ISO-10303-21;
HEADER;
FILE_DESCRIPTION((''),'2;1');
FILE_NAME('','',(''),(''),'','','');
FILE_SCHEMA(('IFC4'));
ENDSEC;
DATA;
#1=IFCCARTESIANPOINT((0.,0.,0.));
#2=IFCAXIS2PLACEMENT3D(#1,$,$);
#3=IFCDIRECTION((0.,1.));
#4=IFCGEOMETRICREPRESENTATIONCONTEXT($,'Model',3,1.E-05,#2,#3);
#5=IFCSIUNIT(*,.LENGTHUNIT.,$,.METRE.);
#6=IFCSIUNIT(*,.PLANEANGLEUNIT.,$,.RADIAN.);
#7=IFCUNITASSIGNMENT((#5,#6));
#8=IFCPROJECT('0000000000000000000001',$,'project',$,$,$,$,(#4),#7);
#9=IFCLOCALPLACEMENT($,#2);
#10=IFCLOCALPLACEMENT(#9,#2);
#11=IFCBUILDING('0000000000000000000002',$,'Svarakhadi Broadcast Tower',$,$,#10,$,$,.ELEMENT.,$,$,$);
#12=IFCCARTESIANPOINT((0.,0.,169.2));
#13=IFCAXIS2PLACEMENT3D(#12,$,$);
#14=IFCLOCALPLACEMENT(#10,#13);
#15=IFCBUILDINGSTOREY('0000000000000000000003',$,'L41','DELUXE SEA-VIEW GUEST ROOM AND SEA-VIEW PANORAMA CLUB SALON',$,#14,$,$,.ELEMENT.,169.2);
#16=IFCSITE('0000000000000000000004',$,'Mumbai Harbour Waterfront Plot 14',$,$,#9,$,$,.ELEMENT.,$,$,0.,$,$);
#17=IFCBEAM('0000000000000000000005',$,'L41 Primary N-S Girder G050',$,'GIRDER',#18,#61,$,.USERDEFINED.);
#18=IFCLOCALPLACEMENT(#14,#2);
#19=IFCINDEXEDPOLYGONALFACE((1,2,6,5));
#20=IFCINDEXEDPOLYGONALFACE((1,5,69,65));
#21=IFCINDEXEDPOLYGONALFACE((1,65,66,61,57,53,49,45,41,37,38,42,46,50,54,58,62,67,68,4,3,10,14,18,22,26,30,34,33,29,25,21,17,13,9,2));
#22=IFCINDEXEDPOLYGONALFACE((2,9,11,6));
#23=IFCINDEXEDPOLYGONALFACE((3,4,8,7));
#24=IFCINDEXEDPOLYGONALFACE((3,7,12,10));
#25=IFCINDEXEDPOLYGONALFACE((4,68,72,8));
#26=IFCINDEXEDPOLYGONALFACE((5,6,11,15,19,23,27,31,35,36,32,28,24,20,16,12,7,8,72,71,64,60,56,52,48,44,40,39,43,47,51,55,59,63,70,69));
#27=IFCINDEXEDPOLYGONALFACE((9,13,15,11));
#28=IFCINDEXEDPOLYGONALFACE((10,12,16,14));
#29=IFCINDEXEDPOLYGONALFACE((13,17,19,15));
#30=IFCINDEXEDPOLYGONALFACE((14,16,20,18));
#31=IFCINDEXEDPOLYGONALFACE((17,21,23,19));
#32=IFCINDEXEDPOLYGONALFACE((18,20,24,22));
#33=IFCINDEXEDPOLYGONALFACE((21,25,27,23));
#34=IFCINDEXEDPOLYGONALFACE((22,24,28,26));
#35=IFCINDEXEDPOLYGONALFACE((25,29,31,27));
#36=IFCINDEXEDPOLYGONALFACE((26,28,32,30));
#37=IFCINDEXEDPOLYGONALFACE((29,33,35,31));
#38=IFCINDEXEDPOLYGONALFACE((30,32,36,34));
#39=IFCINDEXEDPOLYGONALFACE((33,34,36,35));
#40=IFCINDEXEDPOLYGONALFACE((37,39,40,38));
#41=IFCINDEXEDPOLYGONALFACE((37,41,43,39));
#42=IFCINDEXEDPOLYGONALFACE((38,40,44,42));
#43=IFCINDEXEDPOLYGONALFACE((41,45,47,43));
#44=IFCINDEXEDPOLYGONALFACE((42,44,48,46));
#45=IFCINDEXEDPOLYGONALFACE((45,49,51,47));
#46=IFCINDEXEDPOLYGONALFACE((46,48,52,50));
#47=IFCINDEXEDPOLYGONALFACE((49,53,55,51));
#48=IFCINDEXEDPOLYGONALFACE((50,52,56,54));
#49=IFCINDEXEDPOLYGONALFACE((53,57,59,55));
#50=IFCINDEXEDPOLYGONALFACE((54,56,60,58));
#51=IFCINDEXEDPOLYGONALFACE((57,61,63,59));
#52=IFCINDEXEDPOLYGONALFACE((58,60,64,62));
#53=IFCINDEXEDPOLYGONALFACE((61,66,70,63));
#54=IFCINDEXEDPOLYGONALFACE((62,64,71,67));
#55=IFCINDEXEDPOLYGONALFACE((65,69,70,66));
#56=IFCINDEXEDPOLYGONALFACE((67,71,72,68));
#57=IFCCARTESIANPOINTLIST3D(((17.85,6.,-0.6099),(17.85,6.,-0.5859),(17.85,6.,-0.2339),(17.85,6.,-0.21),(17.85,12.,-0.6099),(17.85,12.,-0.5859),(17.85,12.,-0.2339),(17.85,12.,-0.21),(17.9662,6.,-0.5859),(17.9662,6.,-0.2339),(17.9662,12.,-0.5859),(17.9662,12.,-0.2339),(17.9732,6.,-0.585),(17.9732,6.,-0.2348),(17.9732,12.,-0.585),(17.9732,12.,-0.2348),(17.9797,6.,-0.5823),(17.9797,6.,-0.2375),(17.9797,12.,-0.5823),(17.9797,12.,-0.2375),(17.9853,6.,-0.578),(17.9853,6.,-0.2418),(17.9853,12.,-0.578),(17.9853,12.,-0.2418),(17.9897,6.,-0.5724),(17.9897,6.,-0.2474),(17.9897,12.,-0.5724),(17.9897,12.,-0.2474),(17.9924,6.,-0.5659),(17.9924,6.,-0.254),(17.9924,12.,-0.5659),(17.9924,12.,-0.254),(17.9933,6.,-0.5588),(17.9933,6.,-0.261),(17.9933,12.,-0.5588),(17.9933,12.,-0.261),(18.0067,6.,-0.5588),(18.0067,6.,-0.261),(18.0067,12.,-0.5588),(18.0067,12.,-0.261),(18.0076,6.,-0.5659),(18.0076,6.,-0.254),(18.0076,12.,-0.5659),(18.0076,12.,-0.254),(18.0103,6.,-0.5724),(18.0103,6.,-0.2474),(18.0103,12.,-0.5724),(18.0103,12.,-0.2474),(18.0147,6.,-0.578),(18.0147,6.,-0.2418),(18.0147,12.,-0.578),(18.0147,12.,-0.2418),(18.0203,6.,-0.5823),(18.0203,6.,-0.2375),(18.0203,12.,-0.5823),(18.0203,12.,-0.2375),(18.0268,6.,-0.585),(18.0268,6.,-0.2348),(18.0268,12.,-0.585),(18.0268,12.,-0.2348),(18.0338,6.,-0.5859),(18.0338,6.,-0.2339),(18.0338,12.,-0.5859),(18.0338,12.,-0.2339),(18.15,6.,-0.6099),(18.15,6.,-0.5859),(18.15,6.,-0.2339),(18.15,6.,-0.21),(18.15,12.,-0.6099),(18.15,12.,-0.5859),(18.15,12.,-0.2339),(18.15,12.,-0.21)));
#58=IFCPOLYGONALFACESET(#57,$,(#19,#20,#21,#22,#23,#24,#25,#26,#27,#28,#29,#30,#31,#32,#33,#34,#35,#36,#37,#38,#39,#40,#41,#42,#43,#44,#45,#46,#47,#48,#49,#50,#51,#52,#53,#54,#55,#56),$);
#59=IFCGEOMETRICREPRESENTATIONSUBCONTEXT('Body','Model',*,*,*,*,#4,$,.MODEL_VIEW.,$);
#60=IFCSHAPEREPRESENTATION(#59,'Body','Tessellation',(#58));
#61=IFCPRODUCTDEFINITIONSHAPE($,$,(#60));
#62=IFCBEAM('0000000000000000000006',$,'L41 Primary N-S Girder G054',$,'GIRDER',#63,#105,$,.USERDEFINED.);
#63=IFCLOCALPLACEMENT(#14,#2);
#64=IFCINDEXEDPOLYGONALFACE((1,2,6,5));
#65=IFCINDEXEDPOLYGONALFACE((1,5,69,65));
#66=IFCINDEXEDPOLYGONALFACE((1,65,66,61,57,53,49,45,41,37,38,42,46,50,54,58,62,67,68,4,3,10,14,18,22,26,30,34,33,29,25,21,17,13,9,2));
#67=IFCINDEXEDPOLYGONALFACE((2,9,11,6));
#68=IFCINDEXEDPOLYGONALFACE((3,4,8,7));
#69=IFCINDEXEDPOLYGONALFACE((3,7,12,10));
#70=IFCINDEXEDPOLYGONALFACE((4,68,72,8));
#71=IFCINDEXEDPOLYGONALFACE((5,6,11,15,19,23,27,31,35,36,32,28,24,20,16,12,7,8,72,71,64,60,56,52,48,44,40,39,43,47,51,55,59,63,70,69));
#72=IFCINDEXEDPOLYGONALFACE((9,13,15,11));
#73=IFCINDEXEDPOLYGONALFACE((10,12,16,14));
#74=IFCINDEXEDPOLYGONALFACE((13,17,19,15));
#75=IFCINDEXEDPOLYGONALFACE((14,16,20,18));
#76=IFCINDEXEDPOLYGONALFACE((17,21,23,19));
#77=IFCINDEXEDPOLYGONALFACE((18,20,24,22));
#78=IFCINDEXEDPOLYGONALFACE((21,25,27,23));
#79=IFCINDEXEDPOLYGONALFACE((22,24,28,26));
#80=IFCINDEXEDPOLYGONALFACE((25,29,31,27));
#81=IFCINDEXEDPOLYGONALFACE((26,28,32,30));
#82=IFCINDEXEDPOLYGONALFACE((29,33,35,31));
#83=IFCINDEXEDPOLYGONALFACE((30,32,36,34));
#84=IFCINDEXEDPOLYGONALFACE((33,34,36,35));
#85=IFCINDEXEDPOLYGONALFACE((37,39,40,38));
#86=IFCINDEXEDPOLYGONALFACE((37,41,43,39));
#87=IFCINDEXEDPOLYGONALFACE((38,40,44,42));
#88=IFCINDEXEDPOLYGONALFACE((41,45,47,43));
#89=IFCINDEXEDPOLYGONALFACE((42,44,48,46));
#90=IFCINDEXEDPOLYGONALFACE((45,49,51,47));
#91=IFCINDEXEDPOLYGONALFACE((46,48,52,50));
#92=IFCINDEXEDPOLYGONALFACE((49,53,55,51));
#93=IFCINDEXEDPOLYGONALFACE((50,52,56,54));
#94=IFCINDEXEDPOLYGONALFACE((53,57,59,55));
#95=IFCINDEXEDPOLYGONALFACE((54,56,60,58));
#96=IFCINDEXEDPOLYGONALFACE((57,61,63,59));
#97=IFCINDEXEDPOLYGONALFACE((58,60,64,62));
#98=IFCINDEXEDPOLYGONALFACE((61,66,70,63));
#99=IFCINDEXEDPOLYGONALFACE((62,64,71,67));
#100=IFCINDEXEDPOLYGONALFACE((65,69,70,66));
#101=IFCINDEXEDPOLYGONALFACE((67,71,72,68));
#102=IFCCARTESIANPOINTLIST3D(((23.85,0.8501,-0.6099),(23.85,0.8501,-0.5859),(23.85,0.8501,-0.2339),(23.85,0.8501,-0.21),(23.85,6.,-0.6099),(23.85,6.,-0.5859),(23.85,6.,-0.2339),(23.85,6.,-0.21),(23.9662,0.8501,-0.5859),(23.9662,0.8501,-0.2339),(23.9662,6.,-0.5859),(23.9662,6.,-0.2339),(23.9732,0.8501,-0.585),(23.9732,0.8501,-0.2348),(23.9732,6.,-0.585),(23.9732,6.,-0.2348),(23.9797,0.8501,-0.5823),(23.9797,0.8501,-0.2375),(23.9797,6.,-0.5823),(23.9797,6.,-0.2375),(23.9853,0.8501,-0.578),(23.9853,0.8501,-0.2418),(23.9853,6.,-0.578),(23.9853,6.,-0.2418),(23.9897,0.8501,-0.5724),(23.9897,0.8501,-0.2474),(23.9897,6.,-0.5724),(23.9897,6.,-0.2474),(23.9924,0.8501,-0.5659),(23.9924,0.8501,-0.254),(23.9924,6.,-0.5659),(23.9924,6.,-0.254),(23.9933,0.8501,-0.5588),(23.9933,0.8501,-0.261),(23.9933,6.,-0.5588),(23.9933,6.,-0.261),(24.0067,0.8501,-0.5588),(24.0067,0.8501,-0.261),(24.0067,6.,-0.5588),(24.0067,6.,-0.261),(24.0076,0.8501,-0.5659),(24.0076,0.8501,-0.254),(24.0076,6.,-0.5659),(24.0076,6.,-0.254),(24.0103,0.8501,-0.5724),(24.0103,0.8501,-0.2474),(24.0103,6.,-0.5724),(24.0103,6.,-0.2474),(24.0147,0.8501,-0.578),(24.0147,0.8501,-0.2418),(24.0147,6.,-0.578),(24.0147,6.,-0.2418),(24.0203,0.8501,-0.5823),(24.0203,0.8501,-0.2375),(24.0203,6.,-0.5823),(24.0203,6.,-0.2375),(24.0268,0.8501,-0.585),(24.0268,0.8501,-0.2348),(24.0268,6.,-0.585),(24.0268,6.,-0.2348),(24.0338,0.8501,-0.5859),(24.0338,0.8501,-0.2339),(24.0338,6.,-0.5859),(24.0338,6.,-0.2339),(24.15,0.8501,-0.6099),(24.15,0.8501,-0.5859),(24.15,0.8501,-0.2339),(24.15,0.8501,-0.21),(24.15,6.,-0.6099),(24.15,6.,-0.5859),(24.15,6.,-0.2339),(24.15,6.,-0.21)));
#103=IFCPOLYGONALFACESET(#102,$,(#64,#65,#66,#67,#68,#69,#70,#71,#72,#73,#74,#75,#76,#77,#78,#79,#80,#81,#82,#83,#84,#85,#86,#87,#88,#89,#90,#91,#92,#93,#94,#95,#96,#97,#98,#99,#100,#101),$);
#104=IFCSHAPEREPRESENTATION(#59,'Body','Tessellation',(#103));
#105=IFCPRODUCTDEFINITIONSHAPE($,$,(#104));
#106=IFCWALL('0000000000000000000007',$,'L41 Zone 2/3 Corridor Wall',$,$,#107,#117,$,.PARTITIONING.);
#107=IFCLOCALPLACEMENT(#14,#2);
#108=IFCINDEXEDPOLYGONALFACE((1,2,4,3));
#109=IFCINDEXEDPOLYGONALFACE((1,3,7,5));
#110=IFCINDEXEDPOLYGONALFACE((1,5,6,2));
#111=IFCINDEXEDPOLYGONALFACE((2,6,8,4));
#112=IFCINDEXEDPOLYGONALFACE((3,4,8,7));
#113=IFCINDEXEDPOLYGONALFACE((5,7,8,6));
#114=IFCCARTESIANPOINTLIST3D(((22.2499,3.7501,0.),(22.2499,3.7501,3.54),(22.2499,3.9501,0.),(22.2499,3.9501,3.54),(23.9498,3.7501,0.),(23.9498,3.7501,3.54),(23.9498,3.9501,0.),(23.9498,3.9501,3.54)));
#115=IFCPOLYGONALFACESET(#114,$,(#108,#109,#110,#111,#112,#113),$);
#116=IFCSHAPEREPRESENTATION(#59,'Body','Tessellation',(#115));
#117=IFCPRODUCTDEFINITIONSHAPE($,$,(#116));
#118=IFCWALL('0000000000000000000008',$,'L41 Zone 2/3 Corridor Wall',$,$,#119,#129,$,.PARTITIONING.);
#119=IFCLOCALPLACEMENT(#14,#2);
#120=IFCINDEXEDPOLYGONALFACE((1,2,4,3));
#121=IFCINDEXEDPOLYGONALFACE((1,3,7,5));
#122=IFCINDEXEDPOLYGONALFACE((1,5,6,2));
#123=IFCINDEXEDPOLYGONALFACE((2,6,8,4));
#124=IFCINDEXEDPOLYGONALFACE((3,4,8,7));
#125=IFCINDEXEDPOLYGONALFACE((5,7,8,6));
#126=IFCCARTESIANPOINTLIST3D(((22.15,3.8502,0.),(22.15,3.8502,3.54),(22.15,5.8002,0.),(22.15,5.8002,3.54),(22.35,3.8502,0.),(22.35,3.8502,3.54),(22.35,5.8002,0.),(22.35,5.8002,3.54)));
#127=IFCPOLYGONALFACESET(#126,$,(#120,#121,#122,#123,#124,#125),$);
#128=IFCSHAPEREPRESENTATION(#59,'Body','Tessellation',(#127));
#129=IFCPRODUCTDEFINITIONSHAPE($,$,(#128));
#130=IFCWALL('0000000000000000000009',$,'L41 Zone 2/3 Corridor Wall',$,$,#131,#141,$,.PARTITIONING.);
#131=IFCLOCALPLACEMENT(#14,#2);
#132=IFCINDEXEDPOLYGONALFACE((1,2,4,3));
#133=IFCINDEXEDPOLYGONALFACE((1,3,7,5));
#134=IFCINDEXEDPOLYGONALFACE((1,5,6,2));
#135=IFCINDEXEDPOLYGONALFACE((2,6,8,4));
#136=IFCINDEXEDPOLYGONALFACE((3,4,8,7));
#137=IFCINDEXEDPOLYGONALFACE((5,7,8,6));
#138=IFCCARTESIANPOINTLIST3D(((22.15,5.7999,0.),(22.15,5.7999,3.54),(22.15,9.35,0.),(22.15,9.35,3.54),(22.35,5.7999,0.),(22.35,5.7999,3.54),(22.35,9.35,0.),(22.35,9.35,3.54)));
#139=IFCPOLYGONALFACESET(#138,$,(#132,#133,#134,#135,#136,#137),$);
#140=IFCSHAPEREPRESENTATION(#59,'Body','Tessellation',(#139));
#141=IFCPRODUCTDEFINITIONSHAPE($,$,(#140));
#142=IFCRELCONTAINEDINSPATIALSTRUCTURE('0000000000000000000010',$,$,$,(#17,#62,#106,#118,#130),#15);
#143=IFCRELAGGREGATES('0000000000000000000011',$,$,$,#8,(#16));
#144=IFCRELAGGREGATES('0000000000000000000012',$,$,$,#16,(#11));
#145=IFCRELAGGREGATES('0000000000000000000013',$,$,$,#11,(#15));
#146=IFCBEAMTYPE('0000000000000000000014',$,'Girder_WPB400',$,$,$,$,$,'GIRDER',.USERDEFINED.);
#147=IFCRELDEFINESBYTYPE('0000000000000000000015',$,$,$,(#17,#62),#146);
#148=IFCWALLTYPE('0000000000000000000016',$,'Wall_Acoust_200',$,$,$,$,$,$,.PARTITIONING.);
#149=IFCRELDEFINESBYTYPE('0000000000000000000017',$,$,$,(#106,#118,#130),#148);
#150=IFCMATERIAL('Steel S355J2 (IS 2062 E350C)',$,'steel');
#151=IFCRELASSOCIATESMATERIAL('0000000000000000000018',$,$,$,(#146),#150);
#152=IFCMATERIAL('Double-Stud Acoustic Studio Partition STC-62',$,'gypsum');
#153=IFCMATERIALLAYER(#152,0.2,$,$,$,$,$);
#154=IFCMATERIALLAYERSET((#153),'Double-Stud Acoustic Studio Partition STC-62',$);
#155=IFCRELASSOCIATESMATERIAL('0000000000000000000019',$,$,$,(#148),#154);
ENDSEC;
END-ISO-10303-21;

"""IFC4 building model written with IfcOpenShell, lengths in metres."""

from ifc_helpers import new_model, si_unit, direction, frame, frame_2d, origin, origin_2d, place, context, subcontext, project, spatial, rectangle, i_section, extrude, material, layer, layer_set, material_profile, profile_set, type_object, element, save


model = new_model("IFC4")

# Units and contexts
model_context = context("Model", 3, precision=1e-05, world=origin(), true_north=direction((0.0, 1.0)))
body_context = subcontext(model_context, "Body", "Model", "MODEL_VIEW")
ifc_project = project(units=[si_unit("LENGTHUNIT", "METRE"), si_unit("PLANEANGLEUNIT", "RADIAN")], contexts=[model_context])

# Site, building, storey
site_placement = place(None, origin())
site = spatial("IfcSite", under=ifc_project, at=site_placement, Name="Mumbai Harbour Waterfront Plot 14", CompositionType="ELEMENT", RefElevation=0.0)
building_placement = place(site_placement, origin())
building = spatial("IfcBuilding", under=site, at=building_placement, Name="Svarakhadi Broadcast Tower", CompositionType="ELEMENT")
storey_placement = place(building_placement, frame((0.0, 0.0, 169.2)))
storey = spatial("IfcBuildingStorey", under=building, at=storey_placement, Name="L41", Description="DELUXE SEA-VIEW GUEST ROOM AND SEA-VIEW PANORAMA CLUB SALON", CompositionType="ELEMENT", Elevation=169.2)

# Beams
ifc_material_1 = material(Name="Steel S355J2 (IS 2062 E350C)", Category="steel")
ifc_material_profile_1 = material_profile(ifc_material_1, i_section(OverallWidth=0.3, OverallDepth=0.3999, WebThickness=0.0134, FlangeThickness=0.0239, FilletRadius=0.0271, at=origin_2d()), Name="WPB 400x300x155")
ifc_profile_set_1 = profile_set([ifc_material_profile_1], Name="Steel S355J2 (IS 2062 E350C)")
beam_type_1 = type_object("IfcBeamType", Name="Girder_WPB400", ElementType="GIRDER", PredefinedType="USERDEFINED", material=ifc_profile_set_1)
for number, where, z_axis, x_axis, name in (
    (1, (18.0, 6.0, -0.4099), (0.0, 1.0, 0.0), (-1.0, 0.0, 0.0), "L41 Primary N-S Girder G050"),
):
    element("IfcBeam", number, at=place(storey_placement, frame(where, z_axis=z_axis, x_axis=x_axis)), inside=storey, type_object=beam_type_1, Name=name, ObjectType="GIRDER", PredefinedType="USERDEFINED", context=body_context, shape_type="SweptSolid", body=[
        extrude(i_section(OverallWidth=0.3, OverallDepth=0.3999, WebThickness=0.0134, FlangeThickness=0.0239, FilletRadius=0.0271, at=origin_2d()), origin(), (0.0, 0.0, 1.0), 6.0),
    ])
beam_placement = place(storey_placement, frame((24.0, 0.8501, -0.4099), z_axis=(0.0, 1.0, 0.0), x_axis=(-1.0, 0.0, 0.0)))
element("IfcBeam", 2, at=beam_placement, inside=storey, type_object=beam_type_1, Name="L41 Primary N-S Girder G054", ObjectType="GIRDER", PredefinedType="USERDEFINED", context=body_context, shape_type="SweptSolid", body=[
    extrude(i_section(OverallWidth=0.3, OverallDepth=0.3999, WebThickness=0.0134, FlangeThickness=0.0239, FilletRadius=0.0271, at=origin_2d()), origin(), (0.0, 0.0, 1.0), 5.1499),
])

# Walls
ifc_material_2 = material(Name="Double-Stud Acoustic Studio Partition STC-62", Category="gypsum")
ifc_layer_1 = layer(ifc_material_2, 0.2)
ifc_layer_set_1 = layer_set([ifc_layer_1], Name="Double-Stud Acoustic Studio Partition STC-62")
wall_type_1 = type_object("IfcWallType", Name="Wall_Acoust_200", PredefinedType="PARTITIONING", material=ifc_layer_set_1)
wall_1_placement = place(storey_placement, frame((23.95, 3.8501, 0.0), z_axis=(0.0, 0.0, 1.0), x_axis=(-1.0, 0.0, 0.0)))
element("IfcWall", 3, at=wall_1_placement, inside=storey, type_object=wall_type_1, Name="L41 Zone 2/3 Corridor Wall", PredefinedType="PARTITIONING", context=body_context, shape_type="SweptSolid", body=[
    extrude(rectangle(XDim=1.7, YDim=0.2, at=frame_2d((0.8501, 0.0))), origin(), (0.0, 0.0, 1.0), 3.54),
])
wall_2_placement = place(storey_placement, frame((22.25, 3.8501, 0.0), z_axis=(0.0, 0.0, 1.0), x_axis=(0.0, 1.0, 0.0)))
element("IfcWall", 4, at=wall_2_placement, inside=storey, type_object=wall_type_1, Name="L41 Zone 2/3 Corridor Wall", PredefinedType="PARTITIONING", context=body_context, shape_type="SweptSolid", body=[
    extrude(rectangle(XDim=1.95, YDim=0.2, at=frame_2d((0.9751, 0.0))), origin(), (0.0, 0.0, 1.0), 3.54),
])
wall_3_placement = place(storey_placement, frame((22.25, 5.8, 0.0), z_axis=(0.0, 0.0, 1.0), x_axis=(0.0, 1.0, 0.0)))
element("IfcWall", 5, at=wall_3_placement, inside=storey, type_object=wall_type_1, Name="L41 Zone 2/3 Corridor Wall", PredefinedType="PARTITIONING", context=body_context, shape_type="SweptSolid", body=[
    extrude(rectangle(XDim=3.55, YDim=0.2, at=frame_2d((1.7749, 0.0))), origin(), (0.0, 0.0, 1.0), 3.54),
])

save(model, "model.ifc")
